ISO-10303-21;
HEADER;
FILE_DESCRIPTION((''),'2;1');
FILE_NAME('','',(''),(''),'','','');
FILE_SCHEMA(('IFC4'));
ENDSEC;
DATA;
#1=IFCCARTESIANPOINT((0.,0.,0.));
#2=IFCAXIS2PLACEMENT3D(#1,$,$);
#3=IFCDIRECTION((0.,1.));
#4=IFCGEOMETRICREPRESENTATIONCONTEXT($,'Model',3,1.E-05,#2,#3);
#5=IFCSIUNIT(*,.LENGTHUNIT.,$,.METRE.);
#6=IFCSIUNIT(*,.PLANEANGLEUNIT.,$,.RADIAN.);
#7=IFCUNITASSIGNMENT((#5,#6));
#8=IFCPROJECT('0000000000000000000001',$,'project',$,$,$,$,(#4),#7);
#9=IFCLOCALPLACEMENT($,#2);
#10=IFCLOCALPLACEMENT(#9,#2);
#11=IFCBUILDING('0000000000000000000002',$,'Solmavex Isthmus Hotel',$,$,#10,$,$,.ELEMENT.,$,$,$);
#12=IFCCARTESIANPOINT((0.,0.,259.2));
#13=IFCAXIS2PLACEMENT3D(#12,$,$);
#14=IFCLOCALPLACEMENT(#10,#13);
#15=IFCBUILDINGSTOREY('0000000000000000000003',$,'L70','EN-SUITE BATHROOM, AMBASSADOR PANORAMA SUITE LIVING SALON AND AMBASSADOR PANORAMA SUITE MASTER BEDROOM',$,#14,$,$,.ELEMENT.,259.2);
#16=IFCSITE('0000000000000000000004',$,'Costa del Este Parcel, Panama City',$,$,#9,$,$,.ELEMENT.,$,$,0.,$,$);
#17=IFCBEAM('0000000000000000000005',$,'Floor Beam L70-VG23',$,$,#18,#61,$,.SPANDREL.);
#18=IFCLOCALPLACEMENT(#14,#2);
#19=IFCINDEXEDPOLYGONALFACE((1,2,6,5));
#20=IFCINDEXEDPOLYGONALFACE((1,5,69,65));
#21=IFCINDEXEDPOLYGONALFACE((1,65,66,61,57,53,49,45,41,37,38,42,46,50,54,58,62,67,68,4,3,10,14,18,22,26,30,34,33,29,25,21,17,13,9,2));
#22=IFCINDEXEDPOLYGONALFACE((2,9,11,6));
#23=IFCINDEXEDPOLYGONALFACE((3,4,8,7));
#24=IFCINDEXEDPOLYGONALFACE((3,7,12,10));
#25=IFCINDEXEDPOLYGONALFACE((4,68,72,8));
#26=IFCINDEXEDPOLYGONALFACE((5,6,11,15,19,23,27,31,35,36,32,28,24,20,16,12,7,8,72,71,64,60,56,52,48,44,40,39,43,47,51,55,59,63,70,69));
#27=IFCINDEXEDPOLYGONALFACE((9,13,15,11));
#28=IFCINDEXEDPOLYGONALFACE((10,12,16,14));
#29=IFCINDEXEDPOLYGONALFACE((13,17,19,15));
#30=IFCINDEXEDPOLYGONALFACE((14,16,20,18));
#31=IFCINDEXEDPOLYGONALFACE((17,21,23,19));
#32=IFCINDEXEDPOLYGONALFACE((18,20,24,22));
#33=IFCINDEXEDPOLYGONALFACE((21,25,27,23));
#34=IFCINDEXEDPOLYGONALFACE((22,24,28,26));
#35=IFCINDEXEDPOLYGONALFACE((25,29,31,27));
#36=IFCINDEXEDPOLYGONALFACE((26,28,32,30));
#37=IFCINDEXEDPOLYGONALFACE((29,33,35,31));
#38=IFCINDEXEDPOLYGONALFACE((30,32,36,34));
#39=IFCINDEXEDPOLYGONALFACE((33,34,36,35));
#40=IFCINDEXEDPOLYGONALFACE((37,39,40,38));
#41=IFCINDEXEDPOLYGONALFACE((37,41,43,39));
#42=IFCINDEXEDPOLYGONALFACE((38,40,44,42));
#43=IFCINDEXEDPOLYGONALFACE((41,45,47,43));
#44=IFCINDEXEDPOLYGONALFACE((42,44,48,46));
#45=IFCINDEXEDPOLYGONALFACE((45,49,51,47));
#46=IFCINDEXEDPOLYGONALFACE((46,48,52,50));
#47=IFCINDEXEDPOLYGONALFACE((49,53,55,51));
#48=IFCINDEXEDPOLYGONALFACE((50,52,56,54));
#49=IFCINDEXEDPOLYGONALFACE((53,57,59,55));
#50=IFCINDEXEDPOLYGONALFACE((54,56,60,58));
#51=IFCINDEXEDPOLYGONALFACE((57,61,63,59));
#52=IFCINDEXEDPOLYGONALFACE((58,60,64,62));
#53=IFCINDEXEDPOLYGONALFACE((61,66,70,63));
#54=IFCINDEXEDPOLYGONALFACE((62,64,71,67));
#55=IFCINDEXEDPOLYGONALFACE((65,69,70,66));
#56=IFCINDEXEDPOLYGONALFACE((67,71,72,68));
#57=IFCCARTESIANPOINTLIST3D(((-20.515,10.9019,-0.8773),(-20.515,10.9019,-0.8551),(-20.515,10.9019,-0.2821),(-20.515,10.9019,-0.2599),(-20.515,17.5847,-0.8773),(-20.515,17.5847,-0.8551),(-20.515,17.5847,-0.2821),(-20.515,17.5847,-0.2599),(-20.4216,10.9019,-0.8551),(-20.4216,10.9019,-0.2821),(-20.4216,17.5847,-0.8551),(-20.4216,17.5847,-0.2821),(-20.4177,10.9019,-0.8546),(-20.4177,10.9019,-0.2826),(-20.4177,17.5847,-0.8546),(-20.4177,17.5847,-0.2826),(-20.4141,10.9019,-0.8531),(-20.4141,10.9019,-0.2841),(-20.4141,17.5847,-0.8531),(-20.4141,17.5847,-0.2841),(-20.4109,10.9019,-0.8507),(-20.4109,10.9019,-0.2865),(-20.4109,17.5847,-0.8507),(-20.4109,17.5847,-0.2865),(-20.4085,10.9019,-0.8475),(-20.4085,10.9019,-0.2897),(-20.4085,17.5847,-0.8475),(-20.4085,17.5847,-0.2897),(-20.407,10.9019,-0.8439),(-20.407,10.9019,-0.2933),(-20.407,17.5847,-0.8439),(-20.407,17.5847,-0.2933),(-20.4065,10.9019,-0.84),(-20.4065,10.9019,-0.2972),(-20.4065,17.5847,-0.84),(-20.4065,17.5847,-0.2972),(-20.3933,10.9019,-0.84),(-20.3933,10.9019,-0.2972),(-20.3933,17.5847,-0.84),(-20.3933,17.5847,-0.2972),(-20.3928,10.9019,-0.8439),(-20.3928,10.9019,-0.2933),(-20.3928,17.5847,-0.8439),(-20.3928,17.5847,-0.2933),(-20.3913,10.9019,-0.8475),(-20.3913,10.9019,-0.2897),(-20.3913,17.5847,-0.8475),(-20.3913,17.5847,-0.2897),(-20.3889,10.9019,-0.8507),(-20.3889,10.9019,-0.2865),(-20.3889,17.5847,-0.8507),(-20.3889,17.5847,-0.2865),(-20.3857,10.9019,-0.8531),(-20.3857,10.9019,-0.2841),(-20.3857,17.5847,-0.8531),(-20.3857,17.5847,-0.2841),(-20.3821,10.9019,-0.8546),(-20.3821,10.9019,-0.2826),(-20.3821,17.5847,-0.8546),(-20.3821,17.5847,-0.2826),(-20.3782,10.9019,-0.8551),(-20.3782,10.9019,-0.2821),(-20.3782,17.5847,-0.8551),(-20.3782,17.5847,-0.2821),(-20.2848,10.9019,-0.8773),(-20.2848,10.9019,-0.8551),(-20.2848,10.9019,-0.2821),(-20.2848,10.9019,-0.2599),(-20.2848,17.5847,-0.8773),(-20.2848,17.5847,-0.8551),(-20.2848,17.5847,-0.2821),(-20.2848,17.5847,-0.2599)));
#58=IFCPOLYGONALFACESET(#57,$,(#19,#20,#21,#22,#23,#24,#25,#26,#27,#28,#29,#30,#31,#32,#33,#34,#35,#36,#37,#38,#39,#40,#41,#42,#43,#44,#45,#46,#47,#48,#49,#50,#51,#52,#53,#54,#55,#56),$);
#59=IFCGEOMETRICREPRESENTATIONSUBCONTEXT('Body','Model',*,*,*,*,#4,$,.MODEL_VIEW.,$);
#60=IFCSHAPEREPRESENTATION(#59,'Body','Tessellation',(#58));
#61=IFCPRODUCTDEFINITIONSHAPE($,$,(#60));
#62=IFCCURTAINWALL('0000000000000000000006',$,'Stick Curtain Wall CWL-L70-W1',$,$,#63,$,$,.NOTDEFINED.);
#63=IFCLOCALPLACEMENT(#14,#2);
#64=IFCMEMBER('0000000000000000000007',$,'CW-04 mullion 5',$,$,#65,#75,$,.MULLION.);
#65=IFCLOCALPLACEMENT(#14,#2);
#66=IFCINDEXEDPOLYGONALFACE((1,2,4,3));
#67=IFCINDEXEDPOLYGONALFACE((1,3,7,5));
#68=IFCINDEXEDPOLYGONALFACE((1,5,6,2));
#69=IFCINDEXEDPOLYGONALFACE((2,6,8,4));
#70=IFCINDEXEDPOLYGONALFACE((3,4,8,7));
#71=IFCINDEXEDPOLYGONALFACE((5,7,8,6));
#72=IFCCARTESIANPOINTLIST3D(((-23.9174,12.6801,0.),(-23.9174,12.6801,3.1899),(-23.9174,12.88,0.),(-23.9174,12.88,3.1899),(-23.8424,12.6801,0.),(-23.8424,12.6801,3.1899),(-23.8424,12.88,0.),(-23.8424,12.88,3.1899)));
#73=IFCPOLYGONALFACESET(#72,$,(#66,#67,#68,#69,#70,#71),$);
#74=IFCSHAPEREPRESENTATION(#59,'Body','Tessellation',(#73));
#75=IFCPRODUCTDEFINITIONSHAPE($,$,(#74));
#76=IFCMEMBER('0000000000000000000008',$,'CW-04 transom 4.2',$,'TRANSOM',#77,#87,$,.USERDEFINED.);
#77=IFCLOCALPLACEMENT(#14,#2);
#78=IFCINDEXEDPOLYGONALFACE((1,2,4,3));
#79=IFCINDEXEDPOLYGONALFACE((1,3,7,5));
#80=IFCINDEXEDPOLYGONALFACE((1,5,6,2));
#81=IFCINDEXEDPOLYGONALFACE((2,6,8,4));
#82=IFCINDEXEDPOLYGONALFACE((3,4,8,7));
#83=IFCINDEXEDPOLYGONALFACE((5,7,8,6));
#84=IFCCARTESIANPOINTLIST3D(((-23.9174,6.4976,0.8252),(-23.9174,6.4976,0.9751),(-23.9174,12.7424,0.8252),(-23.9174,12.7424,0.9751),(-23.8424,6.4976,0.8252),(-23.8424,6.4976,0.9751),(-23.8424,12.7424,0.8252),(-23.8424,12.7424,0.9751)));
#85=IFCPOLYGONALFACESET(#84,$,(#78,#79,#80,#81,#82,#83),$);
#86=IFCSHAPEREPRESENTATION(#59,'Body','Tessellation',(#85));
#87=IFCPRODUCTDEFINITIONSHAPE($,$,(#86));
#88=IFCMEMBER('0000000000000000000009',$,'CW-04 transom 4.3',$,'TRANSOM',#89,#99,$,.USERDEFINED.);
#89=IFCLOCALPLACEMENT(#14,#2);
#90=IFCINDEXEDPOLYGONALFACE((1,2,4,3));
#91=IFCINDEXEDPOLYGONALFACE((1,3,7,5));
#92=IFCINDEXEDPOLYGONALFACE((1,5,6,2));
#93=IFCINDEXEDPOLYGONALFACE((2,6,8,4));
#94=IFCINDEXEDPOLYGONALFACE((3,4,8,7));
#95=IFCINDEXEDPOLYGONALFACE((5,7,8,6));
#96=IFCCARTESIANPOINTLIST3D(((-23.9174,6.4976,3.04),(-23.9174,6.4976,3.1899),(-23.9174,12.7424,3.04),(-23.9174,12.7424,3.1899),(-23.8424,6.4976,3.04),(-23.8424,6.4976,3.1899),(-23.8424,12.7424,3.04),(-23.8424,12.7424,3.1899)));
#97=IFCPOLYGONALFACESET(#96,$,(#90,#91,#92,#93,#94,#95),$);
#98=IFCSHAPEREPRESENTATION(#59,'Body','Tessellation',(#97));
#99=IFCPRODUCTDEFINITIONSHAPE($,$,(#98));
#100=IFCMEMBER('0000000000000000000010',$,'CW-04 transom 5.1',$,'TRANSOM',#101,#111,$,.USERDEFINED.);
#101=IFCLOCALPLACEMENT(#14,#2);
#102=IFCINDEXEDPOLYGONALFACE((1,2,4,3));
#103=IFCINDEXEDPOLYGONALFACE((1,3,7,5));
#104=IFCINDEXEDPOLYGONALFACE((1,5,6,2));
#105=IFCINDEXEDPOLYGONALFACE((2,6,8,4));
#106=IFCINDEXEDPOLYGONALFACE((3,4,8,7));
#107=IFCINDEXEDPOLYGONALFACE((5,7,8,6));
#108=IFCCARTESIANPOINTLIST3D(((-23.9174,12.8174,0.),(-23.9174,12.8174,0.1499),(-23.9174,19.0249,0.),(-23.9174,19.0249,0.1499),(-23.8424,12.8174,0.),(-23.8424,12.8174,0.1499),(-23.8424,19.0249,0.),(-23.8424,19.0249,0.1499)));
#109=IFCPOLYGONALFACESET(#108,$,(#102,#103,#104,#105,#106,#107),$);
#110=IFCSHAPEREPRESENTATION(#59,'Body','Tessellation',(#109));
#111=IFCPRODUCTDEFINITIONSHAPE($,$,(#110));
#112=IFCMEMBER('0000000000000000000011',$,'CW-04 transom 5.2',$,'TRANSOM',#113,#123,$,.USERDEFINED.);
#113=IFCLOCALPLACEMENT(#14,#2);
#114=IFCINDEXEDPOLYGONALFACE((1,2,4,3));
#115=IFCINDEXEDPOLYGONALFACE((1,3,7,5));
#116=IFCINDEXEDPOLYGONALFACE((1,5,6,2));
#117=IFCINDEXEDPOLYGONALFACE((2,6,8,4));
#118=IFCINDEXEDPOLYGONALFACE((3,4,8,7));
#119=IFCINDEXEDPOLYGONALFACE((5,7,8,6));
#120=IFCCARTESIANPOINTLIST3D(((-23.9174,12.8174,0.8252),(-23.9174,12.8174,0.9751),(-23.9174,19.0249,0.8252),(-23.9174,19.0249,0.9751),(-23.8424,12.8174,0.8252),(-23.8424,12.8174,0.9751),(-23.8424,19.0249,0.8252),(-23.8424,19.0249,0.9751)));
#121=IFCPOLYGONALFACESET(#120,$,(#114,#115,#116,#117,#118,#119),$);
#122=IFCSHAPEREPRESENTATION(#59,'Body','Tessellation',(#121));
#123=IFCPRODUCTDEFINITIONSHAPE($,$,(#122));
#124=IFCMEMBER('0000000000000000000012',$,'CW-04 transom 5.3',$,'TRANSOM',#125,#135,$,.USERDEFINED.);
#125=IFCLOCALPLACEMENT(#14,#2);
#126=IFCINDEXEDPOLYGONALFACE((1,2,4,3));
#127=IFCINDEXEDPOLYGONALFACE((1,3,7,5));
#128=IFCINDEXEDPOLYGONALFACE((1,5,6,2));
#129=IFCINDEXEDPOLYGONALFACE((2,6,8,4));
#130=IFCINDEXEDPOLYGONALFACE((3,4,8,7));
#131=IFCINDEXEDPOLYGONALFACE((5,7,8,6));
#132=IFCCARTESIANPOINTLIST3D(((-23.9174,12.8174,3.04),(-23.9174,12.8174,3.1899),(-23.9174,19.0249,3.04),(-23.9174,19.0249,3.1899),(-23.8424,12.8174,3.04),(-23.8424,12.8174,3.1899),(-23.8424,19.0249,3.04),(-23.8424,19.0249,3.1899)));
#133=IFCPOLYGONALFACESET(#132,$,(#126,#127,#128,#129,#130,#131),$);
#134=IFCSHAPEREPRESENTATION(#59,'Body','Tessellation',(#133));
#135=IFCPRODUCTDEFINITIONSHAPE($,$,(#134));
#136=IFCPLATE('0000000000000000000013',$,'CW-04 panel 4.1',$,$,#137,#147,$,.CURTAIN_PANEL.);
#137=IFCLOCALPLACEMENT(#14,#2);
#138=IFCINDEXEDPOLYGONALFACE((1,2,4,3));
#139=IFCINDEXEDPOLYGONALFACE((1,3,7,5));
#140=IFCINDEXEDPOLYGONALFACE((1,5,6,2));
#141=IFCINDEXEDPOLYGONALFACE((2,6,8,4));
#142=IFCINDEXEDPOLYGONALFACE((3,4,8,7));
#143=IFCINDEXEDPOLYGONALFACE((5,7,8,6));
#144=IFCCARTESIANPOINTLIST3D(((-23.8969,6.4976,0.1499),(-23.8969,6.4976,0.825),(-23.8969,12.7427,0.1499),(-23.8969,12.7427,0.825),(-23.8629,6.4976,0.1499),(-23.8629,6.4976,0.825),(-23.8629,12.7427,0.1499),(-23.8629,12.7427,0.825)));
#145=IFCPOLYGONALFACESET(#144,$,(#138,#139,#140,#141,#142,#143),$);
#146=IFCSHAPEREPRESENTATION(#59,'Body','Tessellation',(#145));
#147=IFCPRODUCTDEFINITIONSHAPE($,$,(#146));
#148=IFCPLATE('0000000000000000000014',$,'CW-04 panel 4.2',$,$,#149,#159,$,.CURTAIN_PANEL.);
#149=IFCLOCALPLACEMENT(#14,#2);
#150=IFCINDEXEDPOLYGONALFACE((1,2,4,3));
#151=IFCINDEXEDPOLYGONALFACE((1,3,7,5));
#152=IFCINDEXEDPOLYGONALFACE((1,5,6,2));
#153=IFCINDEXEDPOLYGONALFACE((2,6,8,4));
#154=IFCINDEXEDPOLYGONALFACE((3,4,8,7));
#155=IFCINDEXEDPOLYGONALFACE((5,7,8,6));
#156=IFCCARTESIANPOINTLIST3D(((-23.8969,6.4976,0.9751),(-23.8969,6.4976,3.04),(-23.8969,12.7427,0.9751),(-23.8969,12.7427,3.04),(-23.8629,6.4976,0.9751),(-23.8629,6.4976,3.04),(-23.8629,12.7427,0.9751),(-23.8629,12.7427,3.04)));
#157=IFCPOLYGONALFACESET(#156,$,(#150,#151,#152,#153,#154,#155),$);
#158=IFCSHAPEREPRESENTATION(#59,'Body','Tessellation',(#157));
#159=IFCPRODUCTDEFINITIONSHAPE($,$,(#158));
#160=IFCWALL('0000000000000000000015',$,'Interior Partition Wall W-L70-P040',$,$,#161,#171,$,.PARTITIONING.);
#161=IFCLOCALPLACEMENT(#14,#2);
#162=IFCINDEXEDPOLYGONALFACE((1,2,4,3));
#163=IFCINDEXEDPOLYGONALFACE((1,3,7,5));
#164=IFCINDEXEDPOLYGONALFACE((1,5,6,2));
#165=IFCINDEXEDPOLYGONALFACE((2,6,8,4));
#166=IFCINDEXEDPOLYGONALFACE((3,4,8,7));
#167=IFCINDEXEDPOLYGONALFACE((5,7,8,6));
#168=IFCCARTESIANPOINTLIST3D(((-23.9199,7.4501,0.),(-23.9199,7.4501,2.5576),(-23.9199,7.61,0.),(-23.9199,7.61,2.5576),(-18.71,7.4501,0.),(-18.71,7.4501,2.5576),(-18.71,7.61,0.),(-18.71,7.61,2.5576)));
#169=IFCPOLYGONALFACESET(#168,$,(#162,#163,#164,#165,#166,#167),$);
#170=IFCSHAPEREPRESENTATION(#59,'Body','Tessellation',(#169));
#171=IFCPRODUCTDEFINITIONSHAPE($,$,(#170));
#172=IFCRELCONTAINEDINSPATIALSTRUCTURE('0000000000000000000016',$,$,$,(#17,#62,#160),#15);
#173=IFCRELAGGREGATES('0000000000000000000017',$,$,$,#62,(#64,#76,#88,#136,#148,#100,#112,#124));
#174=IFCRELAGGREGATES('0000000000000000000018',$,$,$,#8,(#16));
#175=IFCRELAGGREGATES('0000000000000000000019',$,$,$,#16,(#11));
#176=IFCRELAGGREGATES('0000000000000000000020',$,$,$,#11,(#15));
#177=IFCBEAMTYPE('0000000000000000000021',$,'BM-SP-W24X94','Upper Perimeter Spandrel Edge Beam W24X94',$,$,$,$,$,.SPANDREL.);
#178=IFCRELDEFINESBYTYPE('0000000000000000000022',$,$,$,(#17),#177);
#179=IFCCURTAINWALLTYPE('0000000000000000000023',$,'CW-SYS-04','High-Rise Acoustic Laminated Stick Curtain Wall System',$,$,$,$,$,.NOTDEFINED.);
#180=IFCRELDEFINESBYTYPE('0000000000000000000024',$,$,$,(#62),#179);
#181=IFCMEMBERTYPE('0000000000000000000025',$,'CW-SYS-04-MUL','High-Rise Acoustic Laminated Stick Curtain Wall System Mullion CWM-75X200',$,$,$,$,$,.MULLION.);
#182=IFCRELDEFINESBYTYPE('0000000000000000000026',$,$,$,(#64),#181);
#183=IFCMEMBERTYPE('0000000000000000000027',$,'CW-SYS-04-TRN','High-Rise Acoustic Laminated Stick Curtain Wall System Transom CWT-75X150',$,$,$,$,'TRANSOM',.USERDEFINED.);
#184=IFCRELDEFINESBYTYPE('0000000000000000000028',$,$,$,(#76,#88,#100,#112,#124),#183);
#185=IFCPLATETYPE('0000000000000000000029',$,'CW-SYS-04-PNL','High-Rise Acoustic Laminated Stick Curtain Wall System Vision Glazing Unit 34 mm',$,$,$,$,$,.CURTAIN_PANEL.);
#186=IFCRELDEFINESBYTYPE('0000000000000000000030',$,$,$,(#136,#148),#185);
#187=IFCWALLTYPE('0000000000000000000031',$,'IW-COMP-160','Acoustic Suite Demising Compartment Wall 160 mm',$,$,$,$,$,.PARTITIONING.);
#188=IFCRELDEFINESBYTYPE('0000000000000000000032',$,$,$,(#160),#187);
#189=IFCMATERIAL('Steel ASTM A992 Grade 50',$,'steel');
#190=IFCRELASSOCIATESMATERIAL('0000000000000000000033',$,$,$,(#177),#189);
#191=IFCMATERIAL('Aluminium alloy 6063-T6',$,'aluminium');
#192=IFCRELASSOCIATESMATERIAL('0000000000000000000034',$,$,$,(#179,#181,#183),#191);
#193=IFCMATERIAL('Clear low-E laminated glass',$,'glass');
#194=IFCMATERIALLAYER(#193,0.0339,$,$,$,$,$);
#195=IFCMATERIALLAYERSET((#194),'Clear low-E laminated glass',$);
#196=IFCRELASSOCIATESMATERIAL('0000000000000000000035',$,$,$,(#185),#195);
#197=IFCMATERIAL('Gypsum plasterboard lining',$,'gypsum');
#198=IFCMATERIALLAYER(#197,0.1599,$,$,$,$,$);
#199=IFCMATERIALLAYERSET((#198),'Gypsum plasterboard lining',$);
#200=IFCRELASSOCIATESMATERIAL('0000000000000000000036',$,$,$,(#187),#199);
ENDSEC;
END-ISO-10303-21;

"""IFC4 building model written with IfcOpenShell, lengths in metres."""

from ifc_helpers import new_model, si_unit, direction, frame, frame_2d, origin, origin_2d, place, context, subcontext, project, spatial, rectangle, i_section, extrude, material, layer, layer_set, material_profile, profile_set, type_object, element, aggregate, save


model = new_model("IFC4")

# Units and contexts
model_context = context("Model", 3, precision=1e-05, world=origin(), true_north=direction((0.0, 1.0)))
body_context = subcontext(model_context, "Body", "Model", "MODEL_VIEW")
ifc_project = project(units=[si_unit("LENGTHUNIT", "METRE"), si_unit("PLANEANGLEUNIT", "RADIAN")], contexts=[model_context])

# Site, building, storey
site_placement = place(None, origin())
site = spatial("IfcSite", under=ifc_project, at=site_placement, Name="Costa del Este Parcel, Panama City", CompositionType="ELEMENT", RefElevation=0.0)
building_placement = place(site_placement, origin())
building = spatial("IfcBuilding", under=site, at=building_placement, Name="Solmavex Isthmus Hotel", CompositionType="ELEMENT")
storey_placement = place(building_placement, frame((0.0, 0.0, 259.2)))
storey = spatial("IfcBuildingStorey", under=building, at=storey_placement, Name="L70", Description="EN-SUITE BATHROOM, AMBASSADOR PANORAMA SUITE LIVING SALON AND AMBASSADOR PANORAMA SUITE MASTER BEDROOM", CompositionType="ELEMENT", Elevation=259.2)

# Beam
ifc_material_1 = material(Name="Steel ASTM A992 Grade 50", Category="steel")
ifc_material_profile_1 = material_profile(ifc_material_1, i_section(OverallWidth=0.2302, OverallDepth=0.6174, WebThickness=0.0132, FlangeThickness=0.0222, FilletRadius=0.0151, at=origin_2d()), Name="W24X94")
ifc_profile_set_1 = profile_set([ifc_material_profile_1], Name="Steel ASTM A992 Grade 50")
beam_type_1 = type_object("IfcBeamType", Name="BM-SP-W24X94", Description="Upper Perimeter Spandrel Edge Beam W24X94", PredefinedType="SPANDREL", material=ifc_profile_set_1)
beam_1_placement = place(storey_placement, frame((-20.3999, 10.9019, -0.5686), z_axis=(0.0, 1.0, 0.0), x_axis=(-1.0, 0.0, 0.0)))
element("IfcBeam", 1, at=beam_1_placement, inside=storey, type_object=beam_type_1, Name="Floor Beam L70-VG23", PredefinedType="SPANDREL", context=body_context, shape_type="SweptSolid", body=[
    extrude(i_section(OverallWidth=0.2302, OverallDepth=0.6174, WebThickness=0.0132, FlangeThickness=0.0222, FilletRadius=0.0151, at=origin_2d()), origin(), (0.0, 0.0, 1.0), 6.6829),
])

# Curtain wall, members, plates
ifc_material_2 = material(Name="Aluminium alloy 6063-T6", Category="aluminium")
curtain_wall_type = type_object("IfcCurtainWallType", Name="CW-SYS-04", Description="High-Rise Acoustic Laminated Stick Curtain Wall System", PredefinedType="NOTDEFINED", material=ifc_material_2)
curtain_wall_placement = place(storey_placement, origin())
curtain_wall = element("IfcCurtainWall", 2, at=curtain_wall_placement, inside=storey, type_object=curtain_wall_type, Name="Stick Curtain Wall CWL-L70-W1", PredefinedType="NOTDEFINED")
ifc_material_profile_2 = material_profile(ifc_material_2, rectangle(XDim=0.075, YDim=0.2, at=origin_2d()), Name="CWM-75X200")
ifc_profile_set_2 = profile_set([ifc_material_profile_2], Name="Aluminium alloy 6063-T6")
member_type_1 = type_object("IfcMemberType", Name="CW-SYS-04-MUL", Description="High-Rise Acoustic Laminated Stick Curtain Wall System Mullion CWM-75X200", PredefinedType="MULLION", material=ifc_profile_set_2)
member_1_placement = place(storey_placement, frame((-23.8799, 12.78, 0.0), z_axis=(0.0, 0.0, 1.0), x_axis=(-1.0, 0.0, 0.0)))
member_1 = element("IfcMember", 3, at=member_1_placement, type_object=member_type_1, Name="CW-04 mullion 5", PredefinedType="MULLION", context=body_context, shape_type="SweptSolid", body=[
    extrude(rectangle(XDim=0.075, YDim=0.2, at=origin_2d()), origin(), (0.0, 0.0, 1.0), 3.1899),
])
ifc_material_profile_3 = material_profile(ifc_material_2, rectangle(XDim=0.075, YDim=0.1499, at=origin_2d()), Name="CWT-75X150")
ifc_profile_set_3 = profile_set([ifc_material_profile_3], Name="Aluminium alloy 6063-T6")
member_type_2 = type_object("IfcMemberType", Name="CW-SYS-04-TRN", Description="High-Rise Acoustic Laminated Stick Curtain Wall System Transom CWT-75X150", ElementType="TRANSOM", PredefinedType="USERDEFINED", material=ifc_profile_set_3)
member_2_placement = place(storey_placement, frame((-23.8799, 6.4976, 0.9001), z_axis=(0.0, 1.0, 0.0), x_axis=(-1.0, 0.0, 0.0)))
member_2 = element("IfcMember", 4, at=member_2_placement, type_object=member_type_2, Name="CW-04 transom 4.2", ObjectType="TRANSOM", PredefinedType="USERDEFINED", context=body_context, shape_type="SweptSolid", body=[
    extrude(rectangle(XDim=0.075, YDim=0.1499, at=origin_2d()), origin(), (0.0, 0.0, 1.0), 6.2449),
])
member_3_placement = place(storey_placement, frame((-23.8799, 6.4976, 3.115), z_axis=(0.0, 1.0, 0.0), x_axis=(-1.0, 0.0, 0.0)))
member_3 = element("IfcMember", 5, at=member_3_placement, type_object=member_type_2, Name="CW-04 transom 4.3", ObjectType="TRANSOM", PredefinedType="USERDEFINED", context=body_context, shape_type="SweptSolid", body=[
    extrude(rectangle(XDim=0.075, YDim=0.1499, at=origin_2d()), origin(), (0.0, 0.0, 1.0), 6.2449),
])
member_4_placement = place(storey_placement, frame((-23.8799, 12.8174, 0.075), z_axis=(0.0, 1.0, 0.0), x_axis=(-1.0, 0.0, 0.0)))
member_4 = element("IfcMember", 6, at=member_4_placement, type_object=member_type_2, Name="CW-04 transom 5.1", ObjectType="TRANSOM", PredefinedType="USERDEFINED", context=body_context, shape_type="SweptSolid", body=[
    extrude(rectangle(XDim=0.075, YDim=0.1499, at=origin_2d()), origin(), (0.0, 0.0, 1.0), 6.2075),
])
member_5_placement = place(storey_placement, frame((-23.8799, 12.8174, 0.9001), z_axis=(0.0, 1.0, 0.0), x_axis=(-1.0, 0.0, 0.0)))
member_5 = element("IfcMember", 7, at=member_5_placement, type_object=member_type_2, Name="CW-04 transom 5.2", ObjectType="TRANSOM", PredefinedType="USERDEFINED", context=body_context, shape_type="SweptSolid", body=[
    extrude(rectangle(XDim=0.075, YDim=0.1499, at=origin_2d()), origin(), (0.0, 0.0, 1.0), 6.2075),
])
member_6_placement = place(storey_placement, frame((-23.8799, 12.8174, 3.115), z_axis=(0.0, 1.0, 0.0), x_axis=(-1.0, 0.0, 0.0)))
member_6 = element("IfcMember", 8, at=member_6_placement, type_object=member_type_2, Name="CW-04 transom 5.3", ObjectType="TRANSOM", PredefinedType="USERDEFINED", context=body_context, shape_type="SweptSolid", body=[
    extrude(rectangle(XDim=0.075, YDim=0.1499, at=origin_2d()), origin(), (0.0, 0.0, 1.0), 6.2075),
])
ifc_material_3 = material(Name="Clear low-E laminated glass", Category="glass")
ifc_layer_1 = layer(ifc_material_3, 0.0339)
ifc_layer_set_1 = layer_set([ifc_layer_1], Name="Clear low-E laminated glass")
plate_type = type_object("IfcPlateType", Name="CW-SYS-04-PNL", Description="High-Rise Acoustic Laminated Stick Curtain Wall System Vision Glazing Unit 34 mm", PredefinedType="CURTAIN_PANEL", material=ifc_layer_set_1)
plate_1_placement = place(storey_placement, frame((-23.8799, 9.6201, 0.1499), z_axis=(0.0, 0.0, 1.0), x_axis=(0.0, 1.0, 0.0)))
plate_1 = element("IfcPlate", 9, at=plate_1_placement, type_object=plate_type, Name="CW-04 panel 4.1", PredefinedType="CURTAIN_PANEL", context=body_context, shape_type="SweptSolid", body=[
    extrude(rectangle(XDim=6.2451, YDim=0.0339, at=origin_2d()), origin(), (0.0, 0.0, 1.0), 0.675),
])
plate_2_placement = place(storey_placement, frame((-23.8799, 9.6201, 0.9751), z_axis=(0.0, 0.0, 1.0), x_axis=(0.0, 1.0, 0.0)))
plate_2 = element("IfcPlate", 10, at=plate_2_placement, type_object=plate_type, Name="CW-04 panel 4.2", PredefinedType="CURTAIN_PANEL", context=body_context, shape_type="SweptSolid", body=[
    extrude(rectangle(XDim=6.2451, YDim=0.0339, at=origin_2d()), origin(), (0.0, 0.0, 1.0), 2.0649),
])
aggregate(curtain_wall, [member_1, member_2, member_3, plate_1, plate_2, member_4, member_5, member_6])

# Shared definitions
ifc_material_4 = material(Name="Gypsum plasterboard lining", Category="gypsum")
ifc_layer_2 = layer(ifc_material_4, 0.1599)
ifc_layer_set_2 = layer_set([ifc_layer_2], Name="Gypsum plasterboard lining")
wall_type_1 = type_object("IfcWallType", Name="IW-COMP-160", Description="Acoustic Suite Demising Compartment Wall 160 mm", PredefinedType="PARTITIONING", material=ifc_layer_set_2)

# Wall
wall_1_placement = place(storey_placement, frame((-18.71, 7.53, 0.0), z_axis=(0.0, 0.0, 1.0), x_axis=(-1.0, 0.0, 0.0)))
element("IfcWall", 11, at=wall_1_placement, inside=storey, type_object=wall_type_1, Name="Interior Partition Wall W-L70-P040", PredefinedType="PARTITIONING", context=body_context, shape_type="SweptSolid", body=[
    extrude(rectangle(XDim=5.21, YDim=0.1599, at=frame_2d((2.605, 0.0))), origin(), (0.0, 0.0, 1.0), 2.5576),
])

save(model, "model.ifc")
